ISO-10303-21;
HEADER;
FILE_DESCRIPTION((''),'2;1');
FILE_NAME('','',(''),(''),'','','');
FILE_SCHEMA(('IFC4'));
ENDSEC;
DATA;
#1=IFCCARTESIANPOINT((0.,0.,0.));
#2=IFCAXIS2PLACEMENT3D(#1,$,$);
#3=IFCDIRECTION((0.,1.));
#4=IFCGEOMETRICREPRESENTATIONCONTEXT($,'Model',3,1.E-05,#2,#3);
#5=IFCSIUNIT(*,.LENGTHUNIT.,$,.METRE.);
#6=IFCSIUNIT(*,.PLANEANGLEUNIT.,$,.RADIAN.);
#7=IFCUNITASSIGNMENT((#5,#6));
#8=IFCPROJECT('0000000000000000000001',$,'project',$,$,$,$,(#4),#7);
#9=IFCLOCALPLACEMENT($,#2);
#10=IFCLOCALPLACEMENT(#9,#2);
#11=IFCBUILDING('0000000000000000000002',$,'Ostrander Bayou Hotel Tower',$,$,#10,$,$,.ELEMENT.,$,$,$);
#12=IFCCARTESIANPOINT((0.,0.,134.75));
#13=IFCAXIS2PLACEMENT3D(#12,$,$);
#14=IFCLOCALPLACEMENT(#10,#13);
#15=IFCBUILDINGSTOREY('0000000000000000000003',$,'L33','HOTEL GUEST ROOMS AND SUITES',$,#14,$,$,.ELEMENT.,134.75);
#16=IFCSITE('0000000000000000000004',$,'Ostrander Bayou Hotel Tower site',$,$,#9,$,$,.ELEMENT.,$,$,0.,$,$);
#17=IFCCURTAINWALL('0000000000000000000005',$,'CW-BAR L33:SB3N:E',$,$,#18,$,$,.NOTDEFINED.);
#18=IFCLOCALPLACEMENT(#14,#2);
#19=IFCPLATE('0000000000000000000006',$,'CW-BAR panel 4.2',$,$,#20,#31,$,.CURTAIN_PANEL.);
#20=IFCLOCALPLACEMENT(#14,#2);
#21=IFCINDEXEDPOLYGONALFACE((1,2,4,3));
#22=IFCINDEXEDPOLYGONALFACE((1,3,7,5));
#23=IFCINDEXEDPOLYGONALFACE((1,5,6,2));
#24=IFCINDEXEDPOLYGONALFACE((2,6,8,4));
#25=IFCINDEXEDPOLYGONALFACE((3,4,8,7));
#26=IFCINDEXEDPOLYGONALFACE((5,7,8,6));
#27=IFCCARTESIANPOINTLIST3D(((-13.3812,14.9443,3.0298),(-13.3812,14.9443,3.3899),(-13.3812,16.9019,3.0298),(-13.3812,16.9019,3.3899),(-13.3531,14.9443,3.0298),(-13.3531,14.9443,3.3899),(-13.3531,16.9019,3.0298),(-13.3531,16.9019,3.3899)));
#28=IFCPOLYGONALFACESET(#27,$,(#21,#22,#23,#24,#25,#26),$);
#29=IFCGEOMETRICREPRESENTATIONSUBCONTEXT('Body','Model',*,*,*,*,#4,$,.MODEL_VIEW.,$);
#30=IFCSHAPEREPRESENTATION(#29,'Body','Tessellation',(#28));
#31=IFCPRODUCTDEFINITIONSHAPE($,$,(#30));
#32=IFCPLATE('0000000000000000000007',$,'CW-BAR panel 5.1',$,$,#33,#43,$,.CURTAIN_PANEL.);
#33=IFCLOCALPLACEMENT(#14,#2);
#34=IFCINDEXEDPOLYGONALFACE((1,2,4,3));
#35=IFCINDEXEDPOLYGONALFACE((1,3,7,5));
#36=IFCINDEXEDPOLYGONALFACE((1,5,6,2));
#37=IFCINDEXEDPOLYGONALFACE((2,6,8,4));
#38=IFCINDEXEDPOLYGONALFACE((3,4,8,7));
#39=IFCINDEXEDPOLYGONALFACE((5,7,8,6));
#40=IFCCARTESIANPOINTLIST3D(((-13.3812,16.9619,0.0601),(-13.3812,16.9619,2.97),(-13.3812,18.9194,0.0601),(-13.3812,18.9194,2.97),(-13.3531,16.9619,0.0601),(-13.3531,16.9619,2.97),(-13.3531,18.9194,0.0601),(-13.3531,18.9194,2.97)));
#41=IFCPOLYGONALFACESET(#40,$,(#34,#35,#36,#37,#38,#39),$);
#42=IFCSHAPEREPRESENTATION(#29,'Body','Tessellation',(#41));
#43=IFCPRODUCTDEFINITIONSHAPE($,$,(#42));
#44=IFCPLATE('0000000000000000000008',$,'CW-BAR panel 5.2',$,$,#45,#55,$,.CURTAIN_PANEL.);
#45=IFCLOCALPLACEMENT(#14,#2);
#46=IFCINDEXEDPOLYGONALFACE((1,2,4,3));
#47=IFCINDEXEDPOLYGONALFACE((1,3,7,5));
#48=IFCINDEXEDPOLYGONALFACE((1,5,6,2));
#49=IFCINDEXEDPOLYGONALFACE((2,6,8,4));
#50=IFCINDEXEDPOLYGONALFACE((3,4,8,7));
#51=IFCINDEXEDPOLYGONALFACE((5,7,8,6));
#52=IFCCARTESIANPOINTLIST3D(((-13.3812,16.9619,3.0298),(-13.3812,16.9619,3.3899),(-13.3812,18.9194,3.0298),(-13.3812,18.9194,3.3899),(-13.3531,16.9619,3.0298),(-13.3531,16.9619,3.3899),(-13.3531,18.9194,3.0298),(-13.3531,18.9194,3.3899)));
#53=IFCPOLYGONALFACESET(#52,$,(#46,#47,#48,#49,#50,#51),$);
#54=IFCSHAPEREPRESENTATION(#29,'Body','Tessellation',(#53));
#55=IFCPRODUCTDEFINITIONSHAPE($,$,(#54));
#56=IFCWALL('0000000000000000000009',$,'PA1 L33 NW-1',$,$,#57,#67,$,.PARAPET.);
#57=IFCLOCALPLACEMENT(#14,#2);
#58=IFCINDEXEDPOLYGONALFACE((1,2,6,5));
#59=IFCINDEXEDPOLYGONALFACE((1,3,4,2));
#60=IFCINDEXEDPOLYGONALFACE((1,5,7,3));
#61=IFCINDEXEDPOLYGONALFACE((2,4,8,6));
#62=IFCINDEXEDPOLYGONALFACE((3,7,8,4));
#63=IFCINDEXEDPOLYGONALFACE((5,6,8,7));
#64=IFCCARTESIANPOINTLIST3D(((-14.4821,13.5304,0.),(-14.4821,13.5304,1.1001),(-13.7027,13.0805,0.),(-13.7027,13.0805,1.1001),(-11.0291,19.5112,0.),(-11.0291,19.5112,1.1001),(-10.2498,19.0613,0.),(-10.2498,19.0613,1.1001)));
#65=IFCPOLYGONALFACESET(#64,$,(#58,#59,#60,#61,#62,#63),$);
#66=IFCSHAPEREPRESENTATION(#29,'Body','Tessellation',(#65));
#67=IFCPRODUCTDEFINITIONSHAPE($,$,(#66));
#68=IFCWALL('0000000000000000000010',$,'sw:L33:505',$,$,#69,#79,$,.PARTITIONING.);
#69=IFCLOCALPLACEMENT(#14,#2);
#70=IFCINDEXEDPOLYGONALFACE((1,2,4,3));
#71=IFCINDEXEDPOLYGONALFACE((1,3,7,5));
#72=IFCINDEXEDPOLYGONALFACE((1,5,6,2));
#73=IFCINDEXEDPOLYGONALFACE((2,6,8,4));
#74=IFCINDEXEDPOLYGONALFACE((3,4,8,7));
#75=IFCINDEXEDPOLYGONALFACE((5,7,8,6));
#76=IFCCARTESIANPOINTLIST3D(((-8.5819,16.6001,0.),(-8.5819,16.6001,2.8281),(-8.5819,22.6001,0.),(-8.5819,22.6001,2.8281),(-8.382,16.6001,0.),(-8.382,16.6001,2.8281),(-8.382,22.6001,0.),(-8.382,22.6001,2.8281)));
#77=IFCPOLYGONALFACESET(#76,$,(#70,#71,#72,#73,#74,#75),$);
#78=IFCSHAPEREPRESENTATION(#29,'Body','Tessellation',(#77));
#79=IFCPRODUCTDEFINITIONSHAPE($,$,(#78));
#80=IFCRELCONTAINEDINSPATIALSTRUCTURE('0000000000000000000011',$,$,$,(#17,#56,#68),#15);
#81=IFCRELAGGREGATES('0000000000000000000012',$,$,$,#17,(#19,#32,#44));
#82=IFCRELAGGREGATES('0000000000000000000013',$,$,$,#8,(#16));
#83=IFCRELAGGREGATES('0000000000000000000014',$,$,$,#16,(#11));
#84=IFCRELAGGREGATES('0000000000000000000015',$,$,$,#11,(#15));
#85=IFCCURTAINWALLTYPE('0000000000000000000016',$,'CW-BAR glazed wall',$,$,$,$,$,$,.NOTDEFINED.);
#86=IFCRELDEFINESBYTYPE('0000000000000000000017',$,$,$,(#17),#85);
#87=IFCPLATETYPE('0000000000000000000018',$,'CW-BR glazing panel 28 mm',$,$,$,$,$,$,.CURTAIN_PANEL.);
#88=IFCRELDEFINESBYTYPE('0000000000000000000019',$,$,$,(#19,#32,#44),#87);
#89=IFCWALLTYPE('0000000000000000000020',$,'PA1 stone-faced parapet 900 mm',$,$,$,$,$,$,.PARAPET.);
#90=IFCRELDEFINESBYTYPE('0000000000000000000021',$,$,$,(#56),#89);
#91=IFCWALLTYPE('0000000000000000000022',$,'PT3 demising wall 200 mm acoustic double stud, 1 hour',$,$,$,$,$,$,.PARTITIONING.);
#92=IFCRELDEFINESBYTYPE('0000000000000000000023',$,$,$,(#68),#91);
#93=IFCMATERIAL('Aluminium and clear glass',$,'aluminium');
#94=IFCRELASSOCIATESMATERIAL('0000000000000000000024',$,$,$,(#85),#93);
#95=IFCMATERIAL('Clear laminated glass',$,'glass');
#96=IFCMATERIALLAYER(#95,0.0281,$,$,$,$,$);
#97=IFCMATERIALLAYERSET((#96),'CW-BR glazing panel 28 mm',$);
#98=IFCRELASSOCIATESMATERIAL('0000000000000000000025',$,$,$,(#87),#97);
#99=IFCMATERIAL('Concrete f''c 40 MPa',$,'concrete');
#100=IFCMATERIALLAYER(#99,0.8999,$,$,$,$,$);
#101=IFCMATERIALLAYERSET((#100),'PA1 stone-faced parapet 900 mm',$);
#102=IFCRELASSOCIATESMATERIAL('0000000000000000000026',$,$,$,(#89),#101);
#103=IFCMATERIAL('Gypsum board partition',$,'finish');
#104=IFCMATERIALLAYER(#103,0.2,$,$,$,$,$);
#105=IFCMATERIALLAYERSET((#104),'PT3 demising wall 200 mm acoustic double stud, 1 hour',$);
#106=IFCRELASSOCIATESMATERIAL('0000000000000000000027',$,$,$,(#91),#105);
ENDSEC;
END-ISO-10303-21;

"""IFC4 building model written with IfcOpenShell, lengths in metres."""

from ifc_helpers import new_model, si_unit, direction, frame, frame_2d, origin, origin_2d, place, context, subcontext, project, spatial, rectangle, extrude, material, layer, layer_set, type_object, element, aggregate, save


model = new_model("IFC4")

# Units and contexts
model_context = context("Model", 3, precision=1e-05, world=origin(), true_north=direction((0.0, 1.0)))
body_context = subcontext(model_context, "Body", "Model", "MODEL_VIEW")
ifc_project = project(units=[si_unit("LENGTHUNIT", "METRE"), si_unit("PLANEANGLEUNIT", "RADIAN")], contexts=[model_context])

# Site, building, storey
site_placement = place(None, origin())
site = spatial("IfcSite", under=ifc_project, at=site_placement, Name="Ostrander Bayou Hotel Tower site", CompositionType="ELEMENT", RefElevation=0.0)
building_placement = place(site_placement, origin())
building = spatial("IfcBuilding", under=site, at=building_placement, Name="Ostrander Bayou Hotel Tower", CompositionType="ELEMENT")
storey_placement = place(building_placement, frame((0.0, 0.0, 134.75)))
storey = spatial("IfcBuildingStorey", under=building, at=storey_placement, Name="L33", Description="HOTEL GUEST ROOMS AND SUITES", CompositionType="ELEMENT", Elevation=134.75)

# Curtain wall
ifc_material_1 = material(Name="Aluminium and clear glass", Category="aluminium")
curtain_wall_type = type_object("IfcCurtainWallType", Name="CW-BAR glazed wall", PredefinedType="NOTDEFINED", material=ifc_material_1)
curtain_wall_placement = place(storey_placement, origin())
curtain_wall = element("IfcCurtainWall", 1, at=curtain_wall_placement, inside=storey, type_object=curtain_wall_type, Name="CW-BAR L33:SB3N:E", PredefinedType="NOTDEFINED")

# Plates
ifc_material_2 = material(Name="Clear laminated glass", Category="glass")
ifc_layer_1 = layer(ifc_material_2, 0.0281)
ifc_layer_set_1 = layer_set([ifc_layer_1], Name="CW-BR glazing panel 28 mm")
plate_type = type_object("IfcPlateType", Name="CW-BR glazing panel 28 mm", PredefinedType="CURTAIN_PANEL", material=ifc_layer_set_1)
plate_1_placement = place(storey_placement, frame((-13.3672, 15.9231, 3.0298), z_axis=(0.0, 0.0, 1.0), x_axis=(0.0, 1.0, 0.0)))
plate_1 = element("IfcPlate", 2, at=plate_1_placement, type_object=plate_type, Name="CW-BAR panel 4.2", PredefinedType="CURTAIN_PANEL", context=body_context, shape_type="SweptSolid", body=[
    extrude(rectangle(XDim=1.9575, YDim=0.0281, at=origin_2d()), origin(), (0.0, 0.0, 1.0), 0.3601),
])
plate_2_placement = place(storey_placement, frame((-13.3672, 17.9407, 0.0601), z_axis=(0.0, 0.0, 1.0), x_axis=(0.0, 1.0, 0.0)))
plate_2 = element("IfcPlate", 3, at=plate_2_placement, type_object=plate_type, Name="CW-BAR panel 5.1", PredefinedType="CURTAIN_PANEL", context=body_context, shape_type="SweptSolid", body=[
    extrude(rectangle(XDim=1.9575, YDim=0.0281, at=origin_2d()), origin(), (0.0, 0.0, 1.0), 2.9099),
])
plate_3_placement = place(storey_placement, frame((-13.3672, 17.9407, 3.0298), z_axis=(0.0, 0.0, 1.0), x_axis=(0.0, 1.0, 0.0)))
plate_3 = element("IfcPlate", 4, at=plate_3_placement, type_object=plate_type, Name="CW-BAR panel 5.2", PredefinedType="CURTAIN_PANEL", context=body_context, shape_type="SweptSolid", body=[
    extrude(rectangle(XDim=1.9575, YDim=0.0281, at=origin_2d()), origin(), (0.0, 0.0, 1.0), 0.3601),
])
aggregate(curtain_wall, [plate_1, plate_2, plate_3])

# Walls
ifc_material_3 = material(Name="Concrete f'c 40 MPa", Category="concrete")
ifc_layer_2 = layer(ifc_material_3, 0.8999)
ifc_layer_set_2 = layer_set([ifc_layer_2], Name="PA1 stone-faced parapet 900 mm")
wall_type_1 = type_object("IfcWallType", Name="PA1 stone-faced parapet 900 mm", PredefinedType="PARAPET", material=ifc_layer_set_2)
wall_1_placement = place(storey_placement, frame((-10.6394, 19.2864, 0.0), z_axis=(0.0, 0.0, 1.0), x_axis=(-0.499991, -0.866031, 0.0)))
element("IfcWall", 5, at=wall_1_placement, inside=storey, type_object=wall_type_1, Name="PA1 L33 NW-1", PredefinedType="PARAPET", context=body_context, shape_type="SweptSolid", body=[
    extrude(rectangle(XDim=6.906, YDim=0.8999, at=frame_2d((3.4531, 0.0))), origin(), (0.0, 0.0, 1.0), 1.1001),
])
ifc_material_4 = material(Name="Gypsum board partition", Category="finish")
ifc_layer_3 = layer(ifc_material_4, 0.2)
ifc_layer_set_3 = layer_set([ifc_layer_3], Name="PT3 demising wall 200 mm acoustic double stud, 1 hour")
wall_type_2 = type_object("IfcWallType", Name="PT3 demising wall 200 mm acoustic double stud, 1 hour", PredefinedType="PARTITIONING", material=ifc_layer_set_3)
wall_2_placement = place(storey_placement, frame((-8.4819, 16.6001, 0.0), z_axis=(0.0, 0.0, 1.0), x_axis=(0.0, 1.0, 0.0)))
element("IfcWall", 6, at=wall_2_placement, inside=storey, type_object=wall_type_2, Name="sw:L33:505", PredefinedType="PARTITIONING", context=body_context, shape_type="SweptSolid", body=[
    extrude(rectangle(XDim=6.0, YDim=0.2, at=frame_2d((3.0, 0.0))), origin(), (0.0, 0.0, 1.0), 2.8281),
])

save(model, "model.ifc")
